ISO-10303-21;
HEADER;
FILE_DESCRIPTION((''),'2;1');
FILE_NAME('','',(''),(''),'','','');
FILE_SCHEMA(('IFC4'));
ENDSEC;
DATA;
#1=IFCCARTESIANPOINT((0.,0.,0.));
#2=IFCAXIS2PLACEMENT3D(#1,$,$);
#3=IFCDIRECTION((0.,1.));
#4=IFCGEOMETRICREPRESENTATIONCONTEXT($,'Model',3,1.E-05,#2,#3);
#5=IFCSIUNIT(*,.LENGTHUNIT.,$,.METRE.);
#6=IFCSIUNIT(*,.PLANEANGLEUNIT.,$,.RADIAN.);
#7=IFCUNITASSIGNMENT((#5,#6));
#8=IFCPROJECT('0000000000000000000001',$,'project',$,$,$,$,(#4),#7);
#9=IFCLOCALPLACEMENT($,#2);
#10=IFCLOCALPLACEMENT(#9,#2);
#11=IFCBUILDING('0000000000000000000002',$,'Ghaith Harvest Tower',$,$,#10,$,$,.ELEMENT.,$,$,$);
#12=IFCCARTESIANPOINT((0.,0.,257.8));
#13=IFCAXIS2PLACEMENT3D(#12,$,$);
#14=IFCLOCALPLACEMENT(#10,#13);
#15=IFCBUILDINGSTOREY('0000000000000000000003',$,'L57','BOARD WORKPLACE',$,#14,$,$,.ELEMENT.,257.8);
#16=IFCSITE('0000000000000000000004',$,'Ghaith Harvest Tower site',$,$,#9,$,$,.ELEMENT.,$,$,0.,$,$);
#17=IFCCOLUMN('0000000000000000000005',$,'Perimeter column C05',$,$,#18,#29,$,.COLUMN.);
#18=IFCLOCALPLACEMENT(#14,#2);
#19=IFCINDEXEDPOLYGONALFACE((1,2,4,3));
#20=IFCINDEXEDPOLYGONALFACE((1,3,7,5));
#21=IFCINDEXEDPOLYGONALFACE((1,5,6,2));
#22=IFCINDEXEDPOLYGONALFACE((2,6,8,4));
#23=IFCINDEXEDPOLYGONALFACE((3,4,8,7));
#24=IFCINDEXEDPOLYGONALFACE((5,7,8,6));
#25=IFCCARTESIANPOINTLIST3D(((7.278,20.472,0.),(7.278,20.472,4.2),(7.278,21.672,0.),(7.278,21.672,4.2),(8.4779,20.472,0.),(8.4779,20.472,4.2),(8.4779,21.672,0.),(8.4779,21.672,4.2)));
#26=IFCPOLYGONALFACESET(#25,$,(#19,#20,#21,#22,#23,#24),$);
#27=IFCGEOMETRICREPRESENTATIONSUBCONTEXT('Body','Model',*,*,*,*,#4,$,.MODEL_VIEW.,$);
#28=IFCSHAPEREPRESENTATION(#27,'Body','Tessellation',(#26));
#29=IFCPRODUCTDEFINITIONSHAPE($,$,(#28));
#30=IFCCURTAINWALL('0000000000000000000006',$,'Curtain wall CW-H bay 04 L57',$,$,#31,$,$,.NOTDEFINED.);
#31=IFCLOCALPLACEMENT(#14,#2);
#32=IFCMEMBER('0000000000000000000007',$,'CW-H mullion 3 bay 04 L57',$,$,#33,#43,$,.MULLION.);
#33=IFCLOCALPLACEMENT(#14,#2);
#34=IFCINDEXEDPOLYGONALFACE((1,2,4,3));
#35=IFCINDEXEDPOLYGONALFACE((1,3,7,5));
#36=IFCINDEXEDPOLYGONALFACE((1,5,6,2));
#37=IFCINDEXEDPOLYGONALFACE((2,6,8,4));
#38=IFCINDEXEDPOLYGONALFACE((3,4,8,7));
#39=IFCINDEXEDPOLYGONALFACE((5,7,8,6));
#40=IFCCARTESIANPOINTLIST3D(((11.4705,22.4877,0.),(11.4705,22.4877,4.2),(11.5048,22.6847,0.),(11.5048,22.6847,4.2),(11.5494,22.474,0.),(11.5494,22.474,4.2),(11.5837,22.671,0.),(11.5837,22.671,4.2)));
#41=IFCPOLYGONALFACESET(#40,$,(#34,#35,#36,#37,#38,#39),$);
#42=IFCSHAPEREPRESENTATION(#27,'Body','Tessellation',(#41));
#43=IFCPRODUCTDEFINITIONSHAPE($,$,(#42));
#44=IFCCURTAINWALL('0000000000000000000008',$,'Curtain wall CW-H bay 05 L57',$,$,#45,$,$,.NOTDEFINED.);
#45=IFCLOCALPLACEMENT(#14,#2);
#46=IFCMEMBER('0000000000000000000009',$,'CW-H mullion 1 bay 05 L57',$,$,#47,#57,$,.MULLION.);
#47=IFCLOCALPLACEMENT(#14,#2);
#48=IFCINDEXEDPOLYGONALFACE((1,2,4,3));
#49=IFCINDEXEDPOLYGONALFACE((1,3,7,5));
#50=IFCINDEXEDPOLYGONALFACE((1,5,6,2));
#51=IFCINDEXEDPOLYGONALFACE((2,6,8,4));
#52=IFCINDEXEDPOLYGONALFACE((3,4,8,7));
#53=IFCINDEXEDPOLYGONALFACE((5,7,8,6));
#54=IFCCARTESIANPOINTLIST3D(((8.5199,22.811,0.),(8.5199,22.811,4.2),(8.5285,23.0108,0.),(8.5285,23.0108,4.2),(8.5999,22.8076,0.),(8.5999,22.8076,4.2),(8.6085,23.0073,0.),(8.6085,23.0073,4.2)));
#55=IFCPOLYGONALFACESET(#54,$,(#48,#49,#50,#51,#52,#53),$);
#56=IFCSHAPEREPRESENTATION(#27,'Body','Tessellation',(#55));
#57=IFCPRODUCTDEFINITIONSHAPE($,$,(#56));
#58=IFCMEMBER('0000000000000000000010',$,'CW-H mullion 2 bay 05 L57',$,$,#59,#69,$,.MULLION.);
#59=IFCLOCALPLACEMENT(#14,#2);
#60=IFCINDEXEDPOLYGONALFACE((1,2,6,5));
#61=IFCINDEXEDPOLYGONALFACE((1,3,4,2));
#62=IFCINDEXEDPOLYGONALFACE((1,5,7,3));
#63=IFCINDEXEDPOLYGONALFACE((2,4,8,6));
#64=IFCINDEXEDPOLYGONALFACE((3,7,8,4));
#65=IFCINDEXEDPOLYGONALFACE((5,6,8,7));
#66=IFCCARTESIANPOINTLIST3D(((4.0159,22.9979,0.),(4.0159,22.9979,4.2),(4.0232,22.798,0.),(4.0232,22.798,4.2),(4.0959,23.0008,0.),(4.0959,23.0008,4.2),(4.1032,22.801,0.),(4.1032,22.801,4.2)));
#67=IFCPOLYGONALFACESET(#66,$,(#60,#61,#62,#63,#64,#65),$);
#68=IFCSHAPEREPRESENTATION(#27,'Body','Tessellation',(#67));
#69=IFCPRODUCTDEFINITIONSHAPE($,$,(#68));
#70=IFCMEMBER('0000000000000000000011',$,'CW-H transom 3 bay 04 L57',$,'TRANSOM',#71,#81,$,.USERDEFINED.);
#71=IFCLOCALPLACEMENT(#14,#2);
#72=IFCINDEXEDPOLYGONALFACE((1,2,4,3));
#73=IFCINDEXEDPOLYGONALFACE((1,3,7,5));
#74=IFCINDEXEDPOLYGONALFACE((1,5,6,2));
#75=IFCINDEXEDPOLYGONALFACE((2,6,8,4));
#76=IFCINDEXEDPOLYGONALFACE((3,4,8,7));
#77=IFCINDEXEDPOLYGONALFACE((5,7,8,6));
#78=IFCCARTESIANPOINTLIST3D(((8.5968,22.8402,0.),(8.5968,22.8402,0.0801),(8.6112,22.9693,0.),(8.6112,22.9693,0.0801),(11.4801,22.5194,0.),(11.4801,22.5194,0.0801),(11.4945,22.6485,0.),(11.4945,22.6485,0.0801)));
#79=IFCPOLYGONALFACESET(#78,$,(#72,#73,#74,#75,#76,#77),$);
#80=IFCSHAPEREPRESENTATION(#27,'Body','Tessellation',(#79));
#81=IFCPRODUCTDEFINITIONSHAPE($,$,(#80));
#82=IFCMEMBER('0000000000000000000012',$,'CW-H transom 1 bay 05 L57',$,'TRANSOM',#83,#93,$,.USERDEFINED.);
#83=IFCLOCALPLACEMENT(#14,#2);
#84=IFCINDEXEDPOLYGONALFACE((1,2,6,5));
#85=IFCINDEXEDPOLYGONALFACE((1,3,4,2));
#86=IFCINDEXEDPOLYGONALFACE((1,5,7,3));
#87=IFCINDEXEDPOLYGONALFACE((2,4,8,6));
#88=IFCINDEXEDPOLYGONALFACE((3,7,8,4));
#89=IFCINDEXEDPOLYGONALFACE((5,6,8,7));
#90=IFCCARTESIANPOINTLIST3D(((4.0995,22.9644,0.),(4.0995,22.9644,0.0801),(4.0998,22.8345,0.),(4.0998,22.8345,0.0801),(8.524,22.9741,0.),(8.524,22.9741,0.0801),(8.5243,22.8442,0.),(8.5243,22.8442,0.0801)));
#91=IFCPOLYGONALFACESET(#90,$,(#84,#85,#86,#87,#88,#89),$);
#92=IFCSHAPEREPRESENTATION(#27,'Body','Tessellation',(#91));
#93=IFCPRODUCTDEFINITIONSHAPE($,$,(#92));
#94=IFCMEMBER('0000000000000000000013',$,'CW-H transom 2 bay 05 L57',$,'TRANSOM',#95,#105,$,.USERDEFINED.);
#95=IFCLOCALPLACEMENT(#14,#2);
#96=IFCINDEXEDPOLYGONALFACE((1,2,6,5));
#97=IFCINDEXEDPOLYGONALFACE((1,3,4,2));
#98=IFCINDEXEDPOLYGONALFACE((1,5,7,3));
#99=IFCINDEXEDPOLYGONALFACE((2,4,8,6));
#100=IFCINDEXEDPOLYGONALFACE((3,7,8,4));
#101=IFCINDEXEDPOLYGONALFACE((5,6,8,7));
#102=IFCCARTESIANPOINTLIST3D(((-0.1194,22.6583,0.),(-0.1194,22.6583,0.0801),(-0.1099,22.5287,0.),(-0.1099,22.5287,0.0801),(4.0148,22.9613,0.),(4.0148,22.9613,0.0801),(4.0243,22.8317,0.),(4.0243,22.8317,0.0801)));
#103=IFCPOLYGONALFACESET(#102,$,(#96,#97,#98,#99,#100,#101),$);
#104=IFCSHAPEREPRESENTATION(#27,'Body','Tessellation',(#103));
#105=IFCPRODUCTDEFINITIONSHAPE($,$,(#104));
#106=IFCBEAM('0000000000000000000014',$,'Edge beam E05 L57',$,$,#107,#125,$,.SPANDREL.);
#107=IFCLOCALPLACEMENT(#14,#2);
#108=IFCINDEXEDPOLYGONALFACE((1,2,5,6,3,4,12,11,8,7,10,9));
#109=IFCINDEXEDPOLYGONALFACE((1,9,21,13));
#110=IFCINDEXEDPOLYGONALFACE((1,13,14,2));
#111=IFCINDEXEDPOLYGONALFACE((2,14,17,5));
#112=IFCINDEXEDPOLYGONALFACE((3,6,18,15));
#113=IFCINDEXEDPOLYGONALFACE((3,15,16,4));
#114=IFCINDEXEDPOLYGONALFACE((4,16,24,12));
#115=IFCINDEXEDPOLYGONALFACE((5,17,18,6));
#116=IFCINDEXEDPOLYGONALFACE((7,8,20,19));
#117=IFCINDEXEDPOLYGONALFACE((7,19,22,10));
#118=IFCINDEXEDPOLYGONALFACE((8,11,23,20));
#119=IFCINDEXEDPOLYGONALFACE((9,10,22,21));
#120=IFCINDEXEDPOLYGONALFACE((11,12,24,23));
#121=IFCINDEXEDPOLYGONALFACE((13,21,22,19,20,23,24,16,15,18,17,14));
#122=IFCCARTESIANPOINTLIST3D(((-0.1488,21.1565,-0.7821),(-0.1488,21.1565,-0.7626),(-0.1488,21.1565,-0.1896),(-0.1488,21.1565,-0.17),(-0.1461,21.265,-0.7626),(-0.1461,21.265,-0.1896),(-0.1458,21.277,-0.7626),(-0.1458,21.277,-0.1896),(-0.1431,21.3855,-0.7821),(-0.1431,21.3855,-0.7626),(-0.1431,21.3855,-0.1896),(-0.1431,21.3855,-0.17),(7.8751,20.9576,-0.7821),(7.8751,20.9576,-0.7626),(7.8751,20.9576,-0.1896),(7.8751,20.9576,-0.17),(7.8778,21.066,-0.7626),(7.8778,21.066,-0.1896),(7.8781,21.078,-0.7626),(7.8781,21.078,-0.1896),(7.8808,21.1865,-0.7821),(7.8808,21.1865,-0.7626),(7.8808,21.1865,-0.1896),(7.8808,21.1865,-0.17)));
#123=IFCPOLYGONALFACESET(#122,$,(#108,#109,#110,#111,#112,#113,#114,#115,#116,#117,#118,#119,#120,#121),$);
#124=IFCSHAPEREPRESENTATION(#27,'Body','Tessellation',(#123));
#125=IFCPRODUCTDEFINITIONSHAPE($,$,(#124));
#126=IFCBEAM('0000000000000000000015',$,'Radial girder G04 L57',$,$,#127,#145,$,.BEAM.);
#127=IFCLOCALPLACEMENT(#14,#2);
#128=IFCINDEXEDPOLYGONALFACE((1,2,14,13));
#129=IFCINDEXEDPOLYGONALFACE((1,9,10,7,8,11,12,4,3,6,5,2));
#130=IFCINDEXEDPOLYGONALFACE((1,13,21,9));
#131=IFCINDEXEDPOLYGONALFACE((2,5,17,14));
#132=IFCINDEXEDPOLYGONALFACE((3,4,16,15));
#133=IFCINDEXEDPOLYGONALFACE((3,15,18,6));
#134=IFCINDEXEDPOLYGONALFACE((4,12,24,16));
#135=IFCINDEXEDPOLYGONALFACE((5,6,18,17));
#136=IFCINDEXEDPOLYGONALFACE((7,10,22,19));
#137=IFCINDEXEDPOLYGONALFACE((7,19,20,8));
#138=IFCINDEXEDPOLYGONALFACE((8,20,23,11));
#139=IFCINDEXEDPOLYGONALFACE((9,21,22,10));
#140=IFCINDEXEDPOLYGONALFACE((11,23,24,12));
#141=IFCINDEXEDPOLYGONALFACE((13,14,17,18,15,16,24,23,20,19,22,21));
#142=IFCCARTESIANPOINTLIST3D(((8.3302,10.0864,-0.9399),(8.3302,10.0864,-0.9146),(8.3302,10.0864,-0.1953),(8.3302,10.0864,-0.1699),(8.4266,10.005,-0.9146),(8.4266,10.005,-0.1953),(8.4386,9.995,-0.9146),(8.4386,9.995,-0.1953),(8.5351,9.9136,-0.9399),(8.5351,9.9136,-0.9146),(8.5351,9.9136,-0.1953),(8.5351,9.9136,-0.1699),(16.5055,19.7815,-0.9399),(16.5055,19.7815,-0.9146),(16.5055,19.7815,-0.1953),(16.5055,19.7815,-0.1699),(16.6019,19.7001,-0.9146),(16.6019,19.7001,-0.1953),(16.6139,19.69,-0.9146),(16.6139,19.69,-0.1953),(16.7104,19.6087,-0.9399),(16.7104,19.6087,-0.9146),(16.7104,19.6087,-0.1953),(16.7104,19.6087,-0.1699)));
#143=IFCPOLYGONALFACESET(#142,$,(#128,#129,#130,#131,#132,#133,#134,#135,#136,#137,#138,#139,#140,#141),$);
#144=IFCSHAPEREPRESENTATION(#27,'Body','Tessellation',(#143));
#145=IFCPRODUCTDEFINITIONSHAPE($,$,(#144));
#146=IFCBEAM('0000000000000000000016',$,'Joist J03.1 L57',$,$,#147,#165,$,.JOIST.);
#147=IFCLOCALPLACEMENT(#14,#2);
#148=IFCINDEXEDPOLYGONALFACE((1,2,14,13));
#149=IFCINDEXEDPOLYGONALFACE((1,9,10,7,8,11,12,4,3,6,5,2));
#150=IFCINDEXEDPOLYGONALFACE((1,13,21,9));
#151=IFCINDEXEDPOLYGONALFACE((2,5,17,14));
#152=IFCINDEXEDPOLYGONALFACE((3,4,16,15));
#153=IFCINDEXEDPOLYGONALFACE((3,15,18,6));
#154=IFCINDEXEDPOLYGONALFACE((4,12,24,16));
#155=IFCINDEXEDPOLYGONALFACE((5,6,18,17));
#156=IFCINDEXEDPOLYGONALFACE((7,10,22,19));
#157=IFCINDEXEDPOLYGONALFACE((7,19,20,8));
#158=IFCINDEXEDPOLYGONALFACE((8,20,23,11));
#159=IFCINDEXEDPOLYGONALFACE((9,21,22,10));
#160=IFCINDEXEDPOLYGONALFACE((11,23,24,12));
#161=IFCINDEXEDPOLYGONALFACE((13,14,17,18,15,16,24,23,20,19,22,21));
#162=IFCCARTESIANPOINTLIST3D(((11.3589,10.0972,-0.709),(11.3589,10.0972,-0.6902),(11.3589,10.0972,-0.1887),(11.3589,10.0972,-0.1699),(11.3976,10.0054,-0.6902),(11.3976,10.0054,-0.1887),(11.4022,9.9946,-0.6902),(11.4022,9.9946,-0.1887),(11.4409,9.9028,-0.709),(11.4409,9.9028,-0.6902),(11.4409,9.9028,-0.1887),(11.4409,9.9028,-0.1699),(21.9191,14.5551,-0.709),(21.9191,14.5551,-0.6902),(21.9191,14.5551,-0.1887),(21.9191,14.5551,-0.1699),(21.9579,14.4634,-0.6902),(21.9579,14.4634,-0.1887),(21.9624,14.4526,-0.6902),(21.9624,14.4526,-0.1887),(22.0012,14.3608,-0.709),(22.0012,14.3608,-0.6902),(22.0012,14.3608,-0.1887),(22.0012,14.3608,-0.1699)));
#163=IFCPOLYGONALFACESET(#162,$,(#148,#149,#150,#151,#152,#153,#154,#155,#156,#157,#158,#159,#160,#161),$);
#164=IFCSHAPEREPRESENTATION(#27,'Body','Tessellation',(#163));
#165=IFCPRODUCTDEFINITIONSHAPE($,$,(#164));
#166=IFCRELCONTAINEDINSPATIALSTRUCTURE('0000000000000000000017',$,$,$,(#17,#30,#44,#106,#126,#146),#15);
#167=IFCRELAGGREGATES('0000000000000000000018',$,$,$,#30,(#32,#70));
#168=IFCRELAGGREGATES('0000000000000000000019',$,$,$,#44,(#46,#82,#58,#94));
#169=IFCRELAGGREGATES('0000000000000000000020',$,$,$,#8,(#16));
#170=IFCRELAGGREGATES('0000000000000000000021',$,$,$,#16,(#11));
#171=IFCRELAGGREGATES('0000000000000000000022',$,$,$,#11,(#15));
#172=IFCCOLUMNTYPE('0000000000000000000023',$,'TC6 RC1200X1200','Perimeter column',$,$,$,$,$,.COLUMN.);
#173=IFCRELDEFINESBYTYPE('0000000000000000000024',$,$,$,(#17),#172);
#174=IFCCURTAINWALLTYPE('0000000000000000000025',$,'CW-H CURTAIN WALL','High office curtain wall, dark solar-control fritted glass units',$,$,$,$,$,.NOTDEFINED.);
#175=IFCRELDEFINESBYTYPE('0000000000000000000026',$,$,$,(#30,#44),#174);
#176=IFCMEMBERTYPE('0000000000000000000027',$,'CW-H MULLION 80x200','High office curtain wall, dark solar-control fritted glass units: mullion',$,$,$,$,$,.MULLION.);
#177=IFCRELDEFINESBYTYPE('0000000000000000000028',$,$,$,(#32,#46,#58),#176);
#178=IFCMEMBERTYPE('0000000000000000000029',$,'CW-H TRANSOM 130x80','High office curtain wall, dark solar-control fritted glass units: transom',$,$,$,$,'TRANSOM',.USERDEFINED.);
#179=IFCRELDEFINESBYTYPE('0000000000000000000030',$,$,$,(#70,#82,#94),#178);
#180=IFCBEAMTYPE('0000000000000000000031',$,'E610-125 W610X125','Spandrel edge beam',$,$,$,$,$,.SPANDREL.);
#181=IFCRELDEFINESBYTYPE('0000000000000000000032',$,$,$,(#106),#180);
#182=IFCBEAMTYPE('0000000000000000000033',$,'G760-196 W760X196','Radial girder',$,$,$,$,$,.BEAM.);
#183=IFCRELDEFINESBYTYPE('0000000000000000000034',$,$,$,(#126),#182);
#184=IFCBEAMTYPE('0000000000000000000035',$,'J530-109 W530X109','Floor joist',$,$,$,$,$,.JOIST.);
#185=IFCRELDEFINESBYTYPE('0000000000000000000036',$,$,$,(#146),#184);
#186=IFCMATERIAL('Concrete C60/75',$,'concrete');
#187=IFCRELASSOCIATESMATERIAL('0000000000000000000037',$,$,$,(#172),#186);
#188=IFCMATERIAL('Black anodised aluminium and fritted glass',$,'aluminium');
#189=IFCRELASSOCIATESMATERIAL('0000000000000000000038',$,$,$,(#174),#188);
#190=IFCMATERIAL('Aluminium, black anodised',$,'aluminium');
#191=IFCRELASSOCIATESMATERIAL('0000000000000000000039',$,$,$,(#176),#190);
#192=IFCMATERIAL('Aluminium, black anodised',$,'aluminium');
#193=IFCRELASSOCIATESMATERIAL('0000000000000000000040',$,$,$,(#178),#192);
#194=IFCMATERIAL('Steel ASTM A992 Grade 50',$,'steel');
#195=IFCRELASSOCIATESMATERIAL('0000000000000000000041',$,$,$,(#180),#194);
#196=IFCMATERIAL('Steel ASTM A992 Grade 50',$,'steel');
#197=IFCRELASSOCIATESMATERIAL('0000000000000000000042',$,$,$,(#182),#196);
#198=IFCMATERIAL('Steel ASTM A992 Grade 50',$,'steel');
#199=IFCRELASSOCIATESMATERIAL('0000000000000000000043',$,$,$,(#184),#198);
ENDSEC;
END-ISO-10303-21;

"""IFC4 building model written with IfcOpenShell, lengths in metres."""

from ifc_helpers import new_model, si_unit, direction, frame, origin, origin_2d, place, context, subcontext, project, spatial, rectangle, i_section, extrude, material, material_profile, profile_set, type_object, element, aggregate, save


model = new_model("IFC4")

# Units and contexts
model_context = context("Model", 3, precision=1e-05, world=origin(), true_north=direction((0.0, 1.0)))
body_context = subcontext(model_context, "Body", "Model", "MODEL_VIEW")
ifc_project = project(units=[si_unit("LENGTHUNIT", "METRE"), si_unit("PLANEANGLEUNIT", "RADIAN")], contexts=[model_context])

# Site, building, storey
site_placement = place(None, origin())
site = spatial("IfcSite", under=ifc_project, at=site_placement, Name="Ghaith Harvest Tower site", CompositionType="ELEMENT", RefElevation=0.0)
building_placement = place(site_placement, origin())
building = spatial("IfcBuilding", under=site, at=building_placement, Name="Ghaith Harvest Tower", CompositionType="ELEMENT")
storey_placement = place(building_placement, frame((0.0, 0.0, 257.8)))
storey = spatial("IfcBuildingStorey", under=building, at=storey_placement, Name="L57", Description="BOARD WORKPLACE", CompositionType="ELEMENT", Elevation=257.8)

# Column
ifc_material_1 = material(Name="Concrete C60/75", Category="concrete")
ifc_material_profile_1 = material_profile(ifc_material_1, rectangle(XDim=1.2, YDim=1.2, at=origin_2d()), Name="RC1200X1200")
ifc_profile_set_1 = profile_set([ifc_material_profile_1], Name="Concrete C60/75")
column_type = type_object("IfcColumnType", Name="TC6 RC1200X1200", Description="Perimeter column", PredefinedType="COLUMN", material=ifc_profile_set_1)
column_placement = place(storey_placement, frame((7.8779, 21.072, 0.0), z_axis=(0.0, 0.0, 1.0), x_axis=(1.0, 0.0, 0.0)))
element("IfcColumn", 1, at=column_placement, inside=storey, type_object=column_type, Name="Perimeter column C05", PredefinedType="COLUMN", context=body_context, shape_type="SweptSolid", body=[
    extrude(rectangle(XDim=1.2, YDim=1.2, at=origin_2d()), origin(), (0.0, 0.0, 1.0), 4.2),
])

# Curtain wall, member
ifc_material_2 = material(Name="Black anodised aluminium and fritted glass", Category="aluminium")
curtain_wall_type = type_object("IfcCurtainWallType", Name="CW-H CURTAIN WALL", Description="High office curtain wall, dark solar-control fritted glass units", PredefinedType="NOTDEFINED", material=ifc_material_2)
curtain_wall_1_placement = place(storey_placement, origin())
curtain_wall_1 = element("IfcCurtainWall", 2, at=curtain_wall_1_placement, inside=storey, type_object=curtain_wall_type, Name="Curtain wall CW-H bay 04 L57", PredefinedType="NOTDEFINED")
ifc_material_3 = material(Name="Aluminium, black anodised", Category="aluminium")
ifc_material_profile_2 = material_profile(ifc_material_3, rectangle(XDim=0.0801, YDim=0.2, at=origin_2d()), Name="CW-H MULLION 80x200")
ifc_profile_set_2 = profile_set([ifc_material_profile_2], Name="Aluminium, black anodised")
member_type_1 = type_object("IfcMemberType", Name="CW-H MULLION 80x200", Description="High office curtain wall, dark solar-control fritted glass units: mullion", PredefinedType="MULLION", material=ifc_profile_set_2)
member_1_placement = place(storey_placement, frame((11.5271, 22.5793, 0.0), z_axis=(0.0, 0.0, 1.0), x_axis=(-0.985193, 0.171447, 0.0)))
member_1 = element("IfcMember", 3, at=member_1_placement, type_object=member_type_1, Name="CW-H mullion 3 bay 04 L57", PredefinedType="MULLION", context=body_context, shape_type="SweptSolid", body=[
    extrude(rectangle(XDim=0.0801, YDim=0.2, at=origin_2d()), origin(), (0.0, 0.0, 1.0), 4.2),
])

# Curtain wall, members
curtain_wall_2_placement = place(storey_placement, origin())
curtain_wall_2 = element("IfcCurtainWall", 4, at=curtain_wall_2_placement, inside=storey, type_object=curtain_wall_type, Name="Curtain wall CW-H bay 05 L57", PredefinedType="NOTDEFINED")
member_2_placement = place(storey_placement, frame((8.5642, 22.9092, 0.0), z_axis=(0.0, 0.0, 1.0), x_axis=(-0.999084, 0.042803, 0.0)))
member_2 = element("IfcMember", 5, at=member_2_placement, type_object=member_type_1, Name="CW-H mullion 1 bay 05 L57", PredefinedType="MULLION", context=body_context, shape_type="SweptSolid", body=[
    extrude(rectangle(XDim=0.0801, YDim=0.2, at=origin_2d()), origin(), (0.0, 0.0, 1.0), 4.2),
])
member_3_placement = place(storey_placement, frame((4.0596, 22.8994, 0.0), z_axis=(0.0, 0.0, 1.0), x_axis=(-0.999333, -0.036524, 0.0)))
member_3 = element("IfcMember", 6, at=member_3_placement, type_object=member_type_1, Name="CW-H mullion 2 bay 05 L57", PredefinedType="MULLION", context=body_context, shape_type="SweptSolid", body=[
    extrude(rectangle(XDim=0.0801, YDim=0.2, at=origin_2d()), origin(), (0.0, 0.0, 1.0), 4.2),
])

# Members
ifc_material_4 = material(Name="Aluminium, black anodised", Category="aluminium")
ifc_material_profile_3 = material_profile(ifc_material_4, rectangle(XDim=0.1299, YDim=0.0801, at=origin_2d()), Name="CW-H TRANSOM 130x80")
ifc_profile_set_3 = profile_set([ifc_material_profile_3], Name="Aluminium, black anodised")
member_type_2 = type_object("IfcMemberType", Name="CW-H TRANSOM 130x80", Description="High office curtain wall, dark solar-control fritted glass units: transom", ElementType="TRANSOM", PredefinedType="USERDEFINED", material=ifc_profile_set_3)
member_4_placement = place(storey_placement, frame((11.4873, 22.584, 0.04), z_axis=(-0.993867, 0.110579, 0.0), x_axis=(-0.110579, -0.993867, 0.0)))
member_4 = element("IfcMember", 7, at=member_4_placement, type_object=member_type_2, Name="CW-H transom 3 bay 04 L57", ObjectType="TRANSOM", PredefinedType="USERDEFINED", context=body_context, shape_type="SweptSolid", body=[
    extrude(rectangle(XDim=0.1299, YDim=0.0801, at=origin_2d()), origin(), (0.0, 0.0, 1.0), 2.9011),
])
member_5_placement = place(storey_placement, frame((8.5242, 22.9092, 0.04), z_axis=(-0.999998, -0.002207, 0.0), x_axis=(0.002207, -0.999998, 0.0)))
member_5 = element("IfcMember", 8, at=member_5_placement, type_object=member_type_2, Name="CW-H transom 1 bay 05 L57", ObjectType="TRANSOM", PredefinedType="USERDEFINED", context=body_context, shape_type="SweptSolid", body=[
    extrude(rectangle(XDim=0.1299, YDim=0.0801, at=origin_2d()), origin(), (0.0, 0.0, 1.0), 4.4246),
])
member_6_placement = place(storey_placement, frame((4.0195, 22.8965, 0.04), z_axis=(-0.997325, -0.073089, 0.0), x_axis=(0.073089, -0.997325, 0.0)))
member_6 = element("IfcMember", 9, at=member_6_placement, type_object=member_type_2, Name="CW-H transom 2 bay 05 L57", ObjectType="TRANSOM", PredefinedType="USERDEFINED", context=body_context, shape_type="SweptSolid", body=[
    extrude(rectangle(XDim=0.1299, YDim=0.0801, at=origin_2d()), origin(), (0.0, 0.0, 1.0), 4.1453),
])

# Beams
ifc_material_5 = material(Name="Steel ASTM A992 Grade 50", Category="steel")
ifc_material_profile_4 = material_profile(ifc_material_5, i_section(OverallWidth=0.229, OverallDepth=0.6121, WebThickness=0.012, FlangeThickness=0.0195, at=origin_2d()), Name="W610X125")
ifc_profile_set_4 = profile_set([ifc_material_profile_4], Name="Steel ASTM A992 Grade 50")
beam_type_1 = type_object("IfcBeamType", Name="E610-125 W610X125", Description="Spandrel edge beam", PredefinedType="SPANDREL", material=ifc_profile_set_4)
beam_1_placement = place(storey_placement, frame((7.8779, 21.072, -0.4761), z_axis=(-0.999693, 0.02479, 0.0), x_axis=(-0.02479, -0.999693, 0.0)))
element("IfcBeam", 10, at=beam_1_placement, inside=storey, type_object=beam_type_1, Name="Edge beam E05 L57", PredefinedType="SPANDREL", context=body_context, shape_type="SweptSolid", body=[
    extrude(i_section(OverallWidth=0.229, OverallDepth=0.6121, WebThickness=0.012, FlangeThickness=0.0195, at=origin_2d()), origin(), (0.0, 0.0, 1.0), 8.0264),
])
ifc_material_6 = material(Name="Steel ASTM A992 Grade 50", Category="steel")
ifc_material_profile_5 = material_profile(ifc_material_6, i_section(OverallWidth=0.2681, OverallDepth=0.77, WebThickness=0.0156, FlangeThickness=0.0254, at=origin_2d()), Name="W760X196")
ifc_profile_set_5 = profile_set([ifc_material_profile_5], Name="Steel ASTM A992 Grade 50")
beam_type_2 = type_object("IfcBeamType", Name="G760-196 W760X196", Description="Radial girder", PredefinedType="BEAM", material=ifc_profile_set_5)
beam_2_placement = place(storey_placement, frame((8.4326, 10.0, -0.5549), z_axis=(0.644644, 0.764483, 0.0), x_axis=(-0.764483, 0.644644, 0.0)))
element("IfcBeam", 11, at=beam_2_placement, inside=storey, type_object=beam_type_2, Name="Radial girder G04 L57", PredefinedType="BEAM", context=body_context, shape_type="SweptSolid", body=[
    extrude(i_section(OverallWidth=0.2681, OverallDepth=0.77, WebThickness=0.0156, FlangeThickness=0.0254, at=origin_2d()), origin(), (0.0, 0.0, 1.0), 12.6819),
])
ifc_material_7 = material(Name="Steel ASTM A992 Grade 50", Category="steel")
ifc_material_profile_6 = material_profile(ifc_material_7, i_section(OverallWidth=0.2109, OverallDepth=0.5391, WebThickness=0.0117, FlangeThickness=0.0188, at=origin_2d()), Name="W530X109")
ifc_profile_set_6 = profile_set([ifc_material_profile_6], Name="Steel ASTM A992 Grade 50")
beam_type_3 = type_object("IfcBeamType", Name="J530-109 W530X109", Description="Floor joist", PredefinedType="JOIST", material=ifc_profile_set_6)
beam_3_placement = place(storey_placement, frame((11.3999, 10.0, -0.4395), z_axis=(0.921274, 0.388914, 0.0), x_axis=(-0.388914, 0.921274, 0.0)))
element("IfcBeam", 12, at=beam_3_placement, inside=storey, type_object=beam_type_3, Name="Joist J03.1 L57", PredefinedType="JOIST", context=body_context, shape_type="SweptSolid", body=[
    extrude(i_section(OverallWidth=0.2109, OverallDepth=0.5391, WebThickness=0.0117, FlangeThickness=0.0188, at=origin_2d()), origin(), (0.0, 0.0, 1.0), 11.4626),
])

aggregate(curtain_wall_1, [member_1, member_4])
aggregate(curtain_wall_2, [member_2, member_5, member_3, member_6])

save(model, "model.ifc")
